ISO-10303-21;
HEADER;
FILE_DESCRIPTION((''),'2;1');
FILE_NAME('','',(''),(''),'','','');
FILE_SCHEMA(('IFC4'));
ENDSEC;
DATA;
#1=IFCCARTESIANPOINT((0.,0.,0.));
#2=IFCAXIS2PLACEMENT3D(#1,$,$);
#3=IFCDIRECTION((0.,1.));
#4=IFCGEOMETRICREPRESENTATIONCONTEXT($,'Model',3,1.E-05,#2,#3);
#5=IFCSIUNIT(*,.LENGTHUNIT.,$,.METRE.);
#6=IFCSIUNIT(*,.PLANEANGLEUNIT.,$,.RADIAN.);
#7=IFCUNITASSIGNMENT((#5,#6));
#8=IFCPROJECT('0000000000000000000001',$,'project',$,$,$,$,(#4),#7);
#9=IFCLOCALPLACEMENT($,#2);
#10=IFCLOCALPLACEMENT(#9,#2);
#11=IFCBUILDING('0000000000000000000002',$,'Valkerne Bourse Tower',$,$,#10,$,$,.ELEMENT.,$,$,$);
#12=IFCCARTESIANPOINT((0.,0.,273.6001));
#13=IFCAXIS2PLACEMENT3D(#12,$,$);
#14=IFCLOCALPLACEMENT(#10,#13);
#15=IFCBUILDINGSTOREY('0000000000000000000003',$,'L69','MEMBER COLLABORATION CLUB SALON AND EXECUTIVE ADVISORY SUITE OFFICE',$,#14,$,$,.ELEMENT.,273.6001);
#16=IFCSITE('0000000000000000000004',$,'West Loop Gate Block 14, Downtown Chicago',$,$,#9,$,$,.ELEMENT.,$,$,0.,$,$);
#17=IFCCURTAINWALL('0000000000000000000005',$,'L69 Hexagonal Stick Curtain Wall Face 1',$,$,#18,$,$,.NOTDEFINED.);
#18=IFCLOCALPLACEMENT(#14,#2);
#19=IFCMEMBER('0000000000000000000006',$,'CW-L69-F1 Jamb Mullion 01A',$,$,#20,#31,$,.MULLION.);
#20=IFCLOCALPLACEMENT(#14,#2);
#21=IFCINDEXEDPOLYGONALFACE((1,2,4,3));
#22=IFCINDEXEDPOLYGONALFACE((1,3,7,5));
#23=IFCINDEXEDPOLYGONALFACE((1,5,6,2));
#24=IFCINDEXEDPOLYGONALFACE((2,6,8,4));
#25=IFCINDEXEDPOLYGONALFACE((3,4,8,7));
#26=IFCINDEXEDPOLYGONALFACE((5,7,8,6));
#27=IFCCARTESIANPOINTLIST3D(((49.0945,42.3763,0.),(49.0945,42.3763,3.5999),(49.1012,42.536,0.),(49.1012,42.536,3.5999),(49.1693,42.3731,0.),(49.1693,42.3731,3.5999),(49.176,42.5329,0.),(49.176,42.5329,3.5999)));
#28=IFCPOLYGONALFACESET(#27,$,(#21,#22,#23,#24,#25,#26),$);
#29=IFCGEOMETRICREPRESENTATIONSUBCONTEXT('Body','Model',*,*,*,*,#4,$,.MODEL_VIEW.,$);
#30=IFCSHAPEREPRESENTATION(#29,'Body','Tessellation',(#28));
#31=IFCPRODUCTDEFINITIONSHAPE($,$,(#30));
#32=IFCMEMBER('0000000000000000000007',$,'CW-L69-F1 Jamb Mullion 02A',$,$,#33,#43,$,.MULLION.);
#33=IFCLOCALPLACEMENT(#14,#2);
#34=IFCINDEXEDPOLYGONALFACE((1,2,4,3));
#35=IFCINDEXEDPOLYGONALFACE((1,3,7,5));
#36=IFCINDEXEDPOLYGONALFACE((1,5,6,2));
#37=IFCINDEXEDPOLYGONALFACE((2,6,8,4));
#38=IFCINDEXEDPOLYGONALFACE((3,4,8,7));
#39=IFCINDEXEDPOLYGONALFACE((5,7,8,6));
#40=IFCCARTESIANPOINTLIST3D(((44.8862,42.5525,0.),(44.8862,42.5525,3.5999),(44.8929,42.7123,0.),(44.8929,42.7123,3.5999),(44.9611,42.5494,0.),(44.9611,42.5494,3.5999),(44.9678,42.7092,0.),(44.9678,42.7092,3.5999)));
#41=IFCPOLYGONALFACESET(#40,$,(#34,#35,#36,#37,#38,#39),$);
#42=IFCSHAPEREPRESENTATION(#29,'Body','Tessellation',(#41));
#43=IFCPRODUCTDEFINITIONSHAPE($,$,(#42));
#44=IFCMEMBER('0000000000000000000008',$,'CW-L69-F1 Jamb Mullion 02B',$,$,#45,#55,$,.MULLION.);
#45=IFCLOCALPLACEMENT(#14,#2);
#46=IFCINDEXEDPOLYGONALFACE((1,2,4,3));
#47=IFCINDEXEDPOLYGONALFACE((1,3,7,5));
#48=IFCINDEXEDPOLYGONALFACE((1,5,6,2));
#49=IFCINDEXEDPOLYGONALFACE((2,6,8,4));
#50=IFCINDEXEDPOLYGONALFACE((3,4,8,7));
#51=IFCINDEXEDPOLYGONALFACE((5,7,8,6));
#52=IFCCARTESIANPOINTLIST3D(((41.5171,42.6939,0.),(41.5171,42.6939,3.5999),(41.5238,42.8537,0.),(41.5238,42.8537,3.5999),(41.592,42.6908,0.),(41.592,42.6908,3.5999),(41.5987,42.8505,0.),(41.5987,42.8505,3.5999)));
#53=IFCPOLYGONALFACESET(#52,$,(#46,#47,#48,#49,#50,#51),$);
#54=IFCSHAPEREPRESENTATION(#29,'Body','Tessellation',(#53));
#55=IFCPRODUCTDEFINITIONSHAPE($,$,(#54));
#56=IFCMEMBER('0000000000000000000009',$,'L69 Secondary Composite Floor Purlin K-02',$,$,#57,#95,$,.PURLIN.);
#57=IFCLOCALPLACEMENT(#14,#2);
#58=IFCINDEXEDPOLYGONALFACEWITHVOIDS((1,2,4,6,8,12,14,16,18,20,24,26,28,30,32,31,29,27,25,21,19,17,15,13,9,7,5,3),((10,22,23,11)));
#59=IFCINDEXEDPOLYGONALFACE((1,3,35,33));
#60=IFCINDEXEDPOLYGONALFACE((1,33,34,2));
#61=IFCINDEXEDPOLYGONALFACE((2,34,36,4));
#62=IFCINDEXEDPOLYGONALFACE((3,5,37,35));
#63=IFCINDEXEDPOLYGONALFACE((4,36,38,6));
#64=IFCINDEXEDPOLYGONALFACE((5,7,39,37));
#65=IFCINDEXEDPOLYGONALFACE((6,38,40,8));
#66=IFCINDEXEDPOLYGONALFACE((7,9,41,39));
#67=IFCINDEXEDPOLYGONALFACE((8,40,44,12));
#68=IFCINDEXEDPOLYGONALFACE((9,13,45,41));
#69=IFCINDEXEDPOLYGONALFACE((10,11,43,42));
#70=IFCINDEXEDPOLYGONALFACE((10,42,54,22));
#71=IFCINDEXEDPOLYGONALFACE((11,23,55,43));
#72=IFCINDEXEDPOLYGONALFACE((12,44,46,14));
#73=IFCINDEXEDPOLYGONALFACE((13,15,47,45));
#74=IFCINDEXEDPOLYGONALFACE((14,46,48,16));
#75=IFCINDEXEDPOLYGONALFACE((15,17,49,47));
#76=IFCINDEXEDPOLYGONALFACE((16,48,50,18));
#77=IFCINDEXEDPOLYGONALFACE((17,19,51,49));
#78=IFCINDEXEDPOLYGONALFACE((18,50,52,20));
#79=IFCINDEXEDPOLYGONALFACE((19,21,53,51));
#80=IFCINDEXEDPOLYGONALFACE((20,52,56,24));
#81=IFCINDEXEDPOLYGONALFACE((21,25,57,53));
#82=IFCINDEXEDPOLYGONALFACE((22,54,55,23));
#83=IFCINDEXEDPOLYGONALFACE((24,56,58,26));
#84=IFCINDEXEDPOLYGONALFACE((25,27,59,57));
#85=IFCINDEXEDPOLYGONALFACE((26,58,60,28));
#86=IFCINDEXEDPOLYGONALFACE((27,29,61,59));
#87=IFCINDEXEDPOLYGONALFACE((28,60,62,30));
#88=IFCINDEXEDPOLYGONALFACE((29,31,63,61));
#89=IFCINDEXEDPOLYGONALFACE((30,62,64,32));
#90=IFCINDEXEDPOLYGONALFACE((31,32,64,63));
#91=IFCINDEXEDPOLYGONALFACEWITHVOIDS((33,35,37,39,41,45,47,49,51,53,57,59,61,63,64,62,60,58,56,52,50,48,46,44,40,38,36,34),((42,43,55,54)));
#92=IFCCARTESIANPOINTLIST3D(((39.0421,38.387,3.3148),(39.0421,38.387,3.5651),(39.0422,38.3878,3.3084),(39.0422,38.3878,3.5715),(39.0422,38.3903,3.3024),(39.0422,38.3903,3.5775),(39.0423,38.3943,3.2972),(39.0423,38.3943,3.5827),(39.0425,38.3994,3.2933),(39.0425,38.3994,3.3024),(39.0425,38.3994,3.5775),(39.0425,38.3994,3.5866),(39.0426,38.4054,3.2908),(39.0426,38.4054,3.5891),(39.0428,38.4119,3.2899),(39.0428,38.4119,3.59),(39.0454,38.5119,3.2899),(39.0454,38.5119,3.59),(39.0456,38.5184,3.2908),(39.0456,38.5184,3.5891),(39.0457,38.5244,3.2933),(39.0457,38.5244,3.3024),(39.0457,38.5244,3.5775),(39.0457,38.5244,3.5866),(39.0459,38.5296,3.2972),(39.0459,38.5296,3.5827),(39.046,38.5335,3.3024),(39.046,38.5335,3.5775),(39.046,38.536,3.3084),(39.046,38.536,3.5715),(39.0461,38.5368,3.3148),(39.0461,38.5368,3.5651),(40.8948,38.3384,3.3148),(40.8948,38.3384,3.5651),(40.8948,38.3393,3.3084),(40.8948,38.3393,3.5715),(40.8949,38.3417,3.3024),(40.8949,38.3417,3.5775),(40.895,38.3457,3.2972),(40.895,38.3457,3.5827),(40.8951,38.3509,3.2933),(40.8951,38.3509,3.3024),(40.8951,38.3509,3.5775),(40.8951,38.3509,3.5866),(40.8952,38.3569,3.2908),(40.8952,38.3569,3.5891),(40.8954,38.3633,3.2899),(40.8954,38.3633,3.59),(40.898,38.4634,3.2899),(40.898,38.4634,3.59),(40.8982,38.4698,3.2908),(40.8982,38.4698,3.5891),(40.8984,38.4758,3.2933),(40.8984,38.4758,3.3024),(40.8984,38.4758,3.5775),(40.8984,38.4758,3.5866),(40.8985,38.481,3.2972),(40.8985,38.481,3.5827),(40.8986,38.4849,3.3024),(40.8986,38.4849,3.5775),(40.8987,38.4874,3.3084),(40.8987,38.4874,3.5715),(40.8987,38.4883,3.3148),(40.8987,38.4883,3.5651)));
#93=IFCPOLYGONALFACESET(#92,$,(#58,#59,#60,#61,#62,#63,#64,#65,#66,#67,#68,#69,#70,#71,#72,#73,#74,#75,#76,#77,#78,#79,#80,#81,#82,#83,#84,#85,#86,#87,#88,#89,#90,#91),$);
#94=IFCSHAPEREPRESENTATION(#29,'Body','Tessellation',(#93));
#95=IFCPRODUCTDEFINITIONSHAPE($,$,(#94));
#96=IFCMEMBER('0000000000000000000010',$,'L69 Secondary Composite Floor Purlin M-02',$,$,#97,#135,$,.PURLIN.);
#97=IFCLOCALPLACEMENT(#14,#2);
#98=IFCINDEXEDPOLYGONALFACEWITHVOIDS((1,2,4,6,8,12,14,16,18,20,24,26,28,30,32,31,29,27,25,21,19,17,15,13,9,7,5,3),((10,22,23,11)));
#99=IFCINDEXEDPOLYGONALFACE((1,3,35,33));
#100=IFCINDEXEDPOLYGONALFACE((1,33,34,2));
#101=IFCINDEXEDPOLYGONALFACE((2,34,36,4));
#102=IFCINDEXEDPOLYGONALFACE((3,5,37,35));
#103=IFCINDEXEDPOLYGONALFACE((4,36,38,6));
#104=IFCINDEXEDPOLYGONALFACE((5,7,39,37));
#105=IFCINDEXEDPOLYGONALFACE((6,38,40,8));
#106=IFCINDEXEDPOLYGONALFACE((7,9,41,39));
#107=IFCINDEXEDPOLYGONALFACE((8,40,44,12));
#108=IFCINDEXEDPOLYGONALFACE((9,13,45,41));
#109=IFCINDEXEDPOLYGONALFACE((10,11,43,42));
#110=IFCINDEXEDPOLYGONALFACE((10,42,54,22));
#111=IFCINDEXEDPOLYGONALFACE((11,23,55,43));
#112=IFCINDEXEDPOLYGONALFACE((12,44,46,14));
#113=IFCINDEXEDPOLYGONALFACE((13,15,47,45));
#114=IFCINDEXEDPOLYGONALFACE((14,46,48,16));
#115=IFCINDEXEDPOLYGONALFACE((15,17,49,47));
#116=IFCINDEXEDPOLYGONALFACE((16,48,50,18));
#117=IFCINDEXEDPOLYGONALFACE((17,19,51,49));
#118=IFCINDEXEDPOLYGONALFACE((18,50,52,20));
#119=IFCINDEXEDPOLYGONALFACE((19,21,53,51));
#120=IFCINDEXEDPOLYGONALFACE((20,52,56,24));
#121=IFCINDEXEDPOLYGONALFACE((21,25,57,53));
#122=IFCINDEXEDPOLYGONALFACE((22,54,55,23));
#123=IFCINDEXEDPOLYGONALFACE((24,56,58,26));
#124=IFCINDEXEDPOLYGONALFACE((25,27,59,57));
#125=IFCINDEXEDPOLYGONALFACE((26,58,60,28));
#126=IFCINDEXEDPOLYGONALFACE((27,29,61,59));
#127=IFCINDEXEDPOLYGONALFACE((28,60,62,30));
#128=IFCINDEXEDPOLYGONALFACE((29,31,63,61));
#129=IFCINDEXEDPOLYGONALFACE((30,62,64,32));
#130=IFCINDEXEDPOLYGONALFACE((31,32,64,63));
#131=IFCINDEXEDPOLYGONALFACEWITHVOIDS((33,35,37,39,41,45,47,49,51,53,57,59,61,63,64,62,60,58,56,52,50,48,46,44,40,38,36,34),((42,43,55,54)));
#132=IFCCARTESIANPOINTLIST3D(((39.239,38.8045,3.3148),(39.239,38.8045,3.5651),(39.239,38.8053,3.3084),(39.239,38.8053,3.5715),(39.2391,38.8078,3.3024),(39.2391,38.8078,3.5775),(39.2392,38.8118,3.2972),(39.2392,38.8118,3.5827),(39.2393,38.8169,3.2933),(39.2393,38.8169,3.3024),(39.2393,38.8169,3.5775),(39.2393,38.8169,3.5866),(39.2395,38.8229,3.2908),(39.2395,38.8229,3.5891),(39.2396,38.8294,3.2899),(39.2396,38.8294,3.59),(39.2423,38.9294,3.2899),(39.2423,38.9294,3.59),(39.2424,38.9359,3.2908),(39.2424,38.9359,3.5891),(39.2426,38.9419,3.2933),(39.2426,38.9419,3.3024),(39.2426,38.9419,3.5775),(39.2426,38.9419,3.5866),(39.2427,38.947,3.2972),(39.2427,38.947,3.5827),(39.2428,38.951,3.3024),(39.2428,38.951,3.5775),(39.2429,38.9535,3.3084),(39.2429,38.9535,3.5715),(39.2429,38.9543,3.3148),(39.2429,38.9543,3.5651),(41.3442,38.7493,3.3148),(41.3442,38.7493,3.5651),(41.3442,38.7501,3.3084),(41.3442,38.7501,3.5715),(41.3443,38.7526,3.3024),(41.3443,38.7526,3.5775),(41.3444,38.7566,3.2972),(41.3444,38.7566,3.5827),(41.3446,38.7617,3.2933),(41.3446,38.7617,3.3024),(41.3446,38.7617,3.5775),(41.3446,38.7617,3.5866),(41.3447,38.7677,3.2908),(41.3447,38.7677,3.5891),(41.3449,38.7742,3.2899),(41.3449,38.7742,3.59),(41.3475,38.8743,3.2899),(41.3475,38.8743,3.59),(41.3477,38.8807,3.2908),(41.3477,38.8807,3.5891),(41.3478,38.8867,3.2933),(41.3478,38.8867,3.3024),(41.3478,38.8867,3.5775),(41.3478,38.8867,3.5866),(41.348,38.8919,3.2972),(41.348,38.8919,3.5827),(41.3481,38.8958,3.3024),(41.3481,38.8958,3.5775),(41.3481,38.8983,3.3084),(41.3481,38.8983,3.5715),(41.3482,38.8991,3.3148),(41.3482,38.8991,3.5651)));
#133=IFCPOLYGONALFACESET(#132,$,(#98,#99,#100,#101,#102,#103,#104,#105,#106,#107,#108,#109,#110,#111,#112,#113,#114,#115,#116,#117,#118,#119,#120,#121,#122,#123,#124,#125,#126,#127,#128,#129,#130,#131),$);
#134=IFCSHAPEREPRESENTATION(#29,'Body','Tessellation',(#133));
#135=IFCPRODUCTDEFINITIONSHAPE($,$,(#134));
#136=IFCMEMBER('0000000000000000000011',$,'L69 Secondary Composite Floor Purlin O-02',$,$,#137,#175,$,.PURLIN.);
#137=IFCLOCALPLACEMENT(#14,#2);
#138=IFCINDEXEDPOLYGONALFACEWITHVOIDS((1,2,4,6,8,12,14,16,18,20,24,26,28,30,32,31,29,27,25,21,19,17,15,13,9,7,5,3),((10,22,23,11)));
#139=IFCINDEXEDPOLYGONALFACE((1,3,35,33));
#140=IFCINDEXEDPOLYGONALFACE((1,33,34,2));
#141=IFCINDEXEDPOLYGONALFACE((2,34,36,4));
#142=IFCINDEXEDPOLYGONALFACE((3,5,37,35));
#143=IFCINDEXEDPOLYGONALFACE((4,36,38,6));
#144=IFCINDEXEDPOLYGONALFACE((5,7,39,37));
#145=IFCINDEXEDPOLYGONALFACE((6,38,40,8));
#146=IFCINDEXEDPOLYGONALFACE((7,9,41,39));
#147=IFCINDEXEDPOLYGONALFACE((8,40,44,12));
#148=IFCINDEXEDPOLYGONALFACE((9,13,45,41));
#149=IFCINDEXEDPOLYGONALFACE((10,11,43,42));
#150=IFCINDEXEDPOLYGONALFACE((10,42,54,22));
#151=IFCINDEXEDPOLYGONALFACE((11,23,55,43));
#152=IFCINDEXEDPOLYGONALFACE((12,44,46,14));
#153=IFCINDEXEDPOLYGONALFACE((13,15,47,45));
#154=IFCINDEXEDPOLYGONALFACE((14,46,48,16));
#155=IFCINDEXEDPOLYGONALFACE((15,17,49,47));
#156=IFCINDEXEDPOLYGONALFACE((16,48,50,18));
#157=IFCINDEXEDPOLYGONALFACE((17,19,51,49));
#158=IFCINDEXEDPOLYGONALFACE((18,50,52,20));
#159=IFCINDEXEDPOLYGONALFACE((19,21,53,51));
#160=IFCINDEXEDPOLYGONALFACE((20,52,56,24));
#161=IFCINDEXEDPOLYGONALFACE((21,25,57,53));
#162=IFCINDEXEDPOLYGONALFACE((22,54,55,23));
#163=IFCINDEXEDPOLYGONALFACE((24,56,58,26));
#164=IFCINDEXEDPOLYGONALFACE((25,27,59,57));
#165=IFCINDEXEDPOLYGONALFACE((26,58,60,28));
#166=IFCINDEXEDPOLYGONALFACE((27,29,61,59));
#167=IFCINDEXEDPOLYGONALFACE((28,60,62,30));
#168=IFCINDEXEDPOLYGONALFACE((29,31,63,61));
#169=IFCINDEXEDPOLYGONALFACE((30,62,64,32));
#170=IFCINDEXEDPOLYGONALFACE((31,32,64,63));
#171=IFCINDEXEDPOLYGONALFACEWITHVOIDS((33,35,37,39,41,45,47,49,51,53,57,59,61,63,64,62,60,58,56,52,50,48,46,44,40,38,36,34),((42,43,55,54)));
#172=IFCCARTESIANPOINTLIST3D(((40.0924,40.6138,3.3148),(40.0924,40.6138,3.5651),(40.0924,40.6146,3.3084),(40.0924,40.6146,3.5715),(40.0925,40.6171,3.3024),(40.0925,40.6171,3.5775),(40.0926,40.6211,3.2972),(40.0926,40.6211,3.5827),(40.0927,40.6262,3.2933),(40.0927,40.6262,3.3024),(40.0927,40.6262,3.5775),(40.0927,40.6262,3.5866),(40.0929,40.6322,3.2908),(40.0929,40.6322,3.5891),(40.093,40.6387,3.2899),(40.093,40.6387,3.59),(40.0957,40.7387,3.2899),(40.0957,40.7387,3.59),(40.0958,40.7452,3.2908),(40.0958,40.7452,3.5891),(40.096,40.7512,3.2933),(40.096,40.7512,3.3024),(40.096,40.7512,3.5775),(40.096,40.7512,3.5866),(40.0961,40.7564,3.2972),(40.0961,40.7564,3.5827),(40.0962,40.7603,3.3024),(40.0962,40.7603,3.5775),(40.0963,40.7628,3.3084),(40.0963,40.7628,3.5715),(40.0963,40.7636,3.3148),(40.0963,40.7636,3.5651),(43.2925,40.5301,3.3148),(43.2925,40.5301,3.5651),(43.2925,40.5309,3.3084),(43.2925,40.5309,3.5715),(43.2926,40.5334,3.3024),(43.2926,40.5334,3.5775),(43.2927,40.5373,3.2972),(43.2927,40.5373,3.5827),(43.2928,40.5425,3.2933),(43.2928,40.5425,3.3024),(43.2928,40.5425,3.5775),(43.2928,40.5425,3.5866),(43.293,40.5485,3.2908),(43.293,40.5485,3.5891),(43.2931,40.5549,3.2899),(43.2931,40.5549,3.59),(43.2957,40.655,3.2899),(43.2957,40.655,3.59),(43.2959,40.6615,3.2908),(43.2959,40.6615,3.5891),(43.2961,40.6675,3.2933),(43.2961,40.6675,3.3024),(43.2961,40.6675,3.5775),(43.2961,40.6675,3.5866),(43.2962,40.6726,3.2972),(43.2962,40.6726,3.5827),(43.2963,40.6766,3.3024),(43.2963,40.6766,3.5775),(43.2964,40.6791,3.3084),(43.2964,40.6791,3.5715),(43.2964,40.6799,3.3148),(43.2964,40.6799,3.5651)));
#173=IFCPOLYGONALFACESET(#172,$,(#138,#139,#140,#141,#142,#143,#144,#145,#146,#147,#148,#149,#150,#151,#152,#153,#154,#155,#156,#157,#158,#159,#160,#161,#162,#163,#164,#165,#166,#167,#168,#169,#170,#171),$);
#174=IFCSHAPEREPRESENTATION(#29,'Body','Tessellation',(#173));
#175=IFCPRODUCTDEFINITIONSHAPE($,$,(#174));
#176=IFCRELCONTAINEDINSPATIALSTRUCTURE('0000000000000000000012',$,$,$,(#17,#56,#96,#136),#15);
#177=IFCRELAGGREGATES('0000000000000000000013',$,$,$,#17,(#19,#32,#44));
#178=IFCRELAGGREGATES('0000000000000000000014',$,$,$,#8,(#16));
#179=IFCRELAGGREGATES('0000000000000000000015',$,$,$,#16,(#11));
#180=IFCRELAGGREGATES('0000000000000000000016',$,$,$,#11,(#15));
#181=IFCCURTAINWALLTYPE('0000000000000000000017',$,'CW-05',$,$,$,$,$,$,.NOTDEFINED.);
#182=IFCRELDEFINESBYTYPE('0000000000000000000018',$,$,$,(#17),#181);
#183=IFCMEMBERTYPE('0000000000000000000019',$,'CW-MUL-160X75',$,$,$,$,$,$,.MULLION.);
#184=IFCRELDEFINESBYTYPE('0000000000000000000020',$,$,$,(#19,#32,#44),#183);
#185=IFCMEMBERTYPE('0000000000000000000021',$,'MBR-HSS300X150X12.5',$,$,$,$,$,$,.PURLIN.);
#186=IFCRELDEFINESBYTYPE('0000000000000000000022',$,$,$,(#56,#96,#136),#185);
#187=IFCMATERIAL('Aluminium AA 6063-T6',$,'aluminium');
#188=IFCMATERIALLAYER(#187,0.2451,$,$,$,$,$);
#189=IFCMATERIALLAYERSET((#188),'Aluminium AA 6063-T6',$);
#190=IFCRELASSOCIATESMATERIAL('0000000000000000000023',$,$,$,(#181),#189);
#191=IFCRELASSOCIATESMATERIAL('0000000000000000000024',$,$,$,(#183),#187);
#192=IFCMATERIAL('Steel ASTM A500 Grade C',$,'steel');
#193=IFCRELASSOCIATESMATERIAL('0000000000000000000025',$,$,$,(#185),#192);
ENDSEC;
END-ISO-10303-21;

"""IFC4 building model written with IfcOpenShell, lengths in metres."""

from ifc_helpers import new_model, si_unit, direction, frame, origin, origin_2d, place, context, subcontext, project, spatial, rectangle, hollow_rectangle, extrude, material, layer, layer_set, material_profile, profile_set, type_object, element, aggregate, save


model = new_model("IFC4")

# Units and contexts
model_context = context("Model", 3, precision=1e-05, world=origin(), true_north=direction((0.0, 1.0)))
body_context = subcontext(model_context, "Body", "Model", "MODEL_VIEW")
ifc_project = project(units=[si_unit("LENGTHUNIT", "METRE"), si_unit("PLANEANGLEUNIT", "RADIAN")], contexts=[model_context])

# Site, building, storey
site_placement = place(None, origin())
site = spatial("IfcSite", under=ifc_project, at=site_placement, Name="West Loop Gate Block 14, Downtown Chicago", CompositionType="ELEMENT", RefElevation=0.0)
building_placement = place(site_placement, origin())
building = spatial("IfcBuilding", under=site, at=building_placement, Name="Valkerne Bourse Tower", CompositionType="ELEMENT")
storey_placement = place(building_placement, frame((0.0, 0.0, 273.6001)))
storey = spatial("IfcBuildingStorey", under=building, at=storey_placement, Name="L69", Description="MEMBER COLLABORATION CLUB SALON AND EXECUTIVE ADVISORY SUITE OFFICE", CompositionType="ELEMENT", Elevation=273.6001)

# Curtain wall, members
ifc_material_1 = material(Name="Aluminium AA 6063-T6", Category="aluminium")
ifc_layer_1 = layer(ifc_material_1, 0.2451)
ifc_layer_set_1 = layer_set([ifc_layer_1], Name="Aluminium AA 6063-T6")
curtain_wall_type = type_object("IfcCurtainWallType", Name="CW-05", PredefinedType="NOTDEFINED", material=ifc_layer_set_1)
curtain_wall_placement = place(storey_placement, origin())
curtain_wall = element("IfcCurtainWall", 1, at=curtain_wall_placement, inside=storey, type_object=curtain_wall_type, Name="L69 Hexagonal Stick Curtain Wall Face 1", PredefinedType="NOTDEFINED")
ifc_material_profile_1 = material_profile(ifc_material_1, rectangle(XDim=0.075, YDim=0.1599, at=origin_2d()), Name="CWM-75X160")
ifc_profile_set_1 = profile_set([ifc_material_profile_1], Name="Aluminium AA 6063-T6")
member_type_1 = type_object("IfcMemberType", Name="CW-MUL-160X75", PredefinedType="MULLION", material=ifc_profile_set_1)
member_1_placement = place(storey_placement, frame((49.1353, 42.4546, 0.0), z_axis=(0.0, 0.0, 1.0), x_axis=(-0.999123, 0.04188, 0.0)))
member_1 = element("IfcMember", 2, at=member_1_placement, type_object=member_type_1, Name="CW-L69-F1 Jamb Mullion 01A", PredefinedType="MULLION", context=body_context, shape_type="SweptSolid", body=[
    extrude(rectangle(XDim=0.075, YDim=0.1599, at=origin_2d()), origin(), (0.0, 0.0, 1.0), 3.5999),
])
member_2_placement = place(storey_placement, frame((44.927, 42.6309, 0.0), z_axis=(0.0, 0.0, 1.0), x_axis=(-0.999123, 0.04188, 0.0)))
member_2 = element("IfcMember", 3, at=member_2_placement, type_object=member_type_1, Name="CW-L69-F1 Jamb Mullion 02A", PredefinedType="MULLION", context=body_context, shape_type="SweptSolid", body=[
    extrude(rectangle(XDim=0.075, YDim=0.1599, at=origin_2d()), origin(), (0.0, 0.0, 1.0), 3.5999),
])
member_3_placement = place(storey_placement, frame((41.5579, 42.7722, 0.0), z_axis=(0.0, 0.0, 1.0), x_axis=(-0.999123, 0.04188, 0.0)))
member_3 = element("IfcMember", 4, at=member_3_placement, type_object=member_type_1, Name="CW-L69-F1 Jamb Mullion 02B", PredefinedType="MULLION", context=body_context, shape_type="SweptSolid", body=[
    extrude(rectangle(XDim=0.075, YDim=0.1599, at=origin_2d()), origin(), (0.0, 0.0, 1.0), 3.5999),
])

# Members
ifc_material_2 = material(Name="Steel ASTM A500 Grade C", Category="steel")
ifc_material_profile_2 = material_profile(ifc_material_2, hollow_rectangle(XDim=0.1499, YDim=0.3, WallThickness=0.0125, OuterFilletRadius=0.0249, at=origin_2d()), Name="HSS300X150X12.5")
ifc_profile_set_2 = profile_set([ifc_material_profile_2], Name="Steel ASTM A500 Grade C")
member_type_2 = type_object("IfcMemberType", Name="MBR-HSS300X150X12.5", PredefinedType="PURLIN", material=ifc_profile_set_2)
member_4_placement = place(storey_placement, frame((40.8967, 38.4133, 3.4399), z_axis=(-0.999656, 0.026217, 0.0), x_axis=(-0.026217, -0.999656, 0.0)))
element("IfcMember", 5, at=member_4_placement, inside=storey, type_object=member_type_2, Name="L69 Secondary Composite Floor Purlin K-02", PredefinedType="PURLIN", context=body_context, shape_type="SweptSolid", body=[
    extrude(hollow_rectangle(XDim=0.1499, YDim=0.3, WallThickness=0.0125, OuterFilletRadius=0.0249, at=origin_2d()), origin(), (0.0, 0.0, 1.0), 1.8533),
])
member_5_placement = place(storey_placement, frame((41.3462, 38.8242, 3.4399), z_axis=(-0.999657, 0.0262, 0.0), x_axis=(-0.0262, -0.999657, 0.0)))
element("IfcMember", 6, at=member_5_placement, inside=storey, type_object=member_type_2, Name="L69 Secondary Composite Floor Purlin M-02", PredefinedType="PURLIN", context=body_context, shape_type="SweptSolid", body=[
    extrude(hollow_rectangle(XDim=0.1499, YDim=0.3, WallThickness=0.0125, OuterFilletRadius=0.0249, at=origin_2d()), origin(), (0.0, 0.0, 1.0), 2.106),
])
member_6_placement = place(storey_placement, frame((43.2944, 40.605, 3.4399), z_axis=(-0.999658, 0.026158, 0.0), x_axis=(-0.026158, -0.999658, 0.0)))
element("IfcMember", 7, at=member_6_placement, inside=storey, type_object=member_type_2, Name="L69 Secondary Composite Floor Purlin O-02", PredefinedType="PURLIN", context=body_context, shape_type="SweptSolid", body=[
    extrude(hollow_rectangle(XDim=0.1499, YDim=0.3, WallThickness=0.0125, OuterFilletRadius=0.0249, at=origin_2d()), origin(), (0.0, 0.0, 1.0), 3.2012),
])

aggregate(curtain_wall, [member_1, member_2, member_3])

save(model, "model.ifc")
